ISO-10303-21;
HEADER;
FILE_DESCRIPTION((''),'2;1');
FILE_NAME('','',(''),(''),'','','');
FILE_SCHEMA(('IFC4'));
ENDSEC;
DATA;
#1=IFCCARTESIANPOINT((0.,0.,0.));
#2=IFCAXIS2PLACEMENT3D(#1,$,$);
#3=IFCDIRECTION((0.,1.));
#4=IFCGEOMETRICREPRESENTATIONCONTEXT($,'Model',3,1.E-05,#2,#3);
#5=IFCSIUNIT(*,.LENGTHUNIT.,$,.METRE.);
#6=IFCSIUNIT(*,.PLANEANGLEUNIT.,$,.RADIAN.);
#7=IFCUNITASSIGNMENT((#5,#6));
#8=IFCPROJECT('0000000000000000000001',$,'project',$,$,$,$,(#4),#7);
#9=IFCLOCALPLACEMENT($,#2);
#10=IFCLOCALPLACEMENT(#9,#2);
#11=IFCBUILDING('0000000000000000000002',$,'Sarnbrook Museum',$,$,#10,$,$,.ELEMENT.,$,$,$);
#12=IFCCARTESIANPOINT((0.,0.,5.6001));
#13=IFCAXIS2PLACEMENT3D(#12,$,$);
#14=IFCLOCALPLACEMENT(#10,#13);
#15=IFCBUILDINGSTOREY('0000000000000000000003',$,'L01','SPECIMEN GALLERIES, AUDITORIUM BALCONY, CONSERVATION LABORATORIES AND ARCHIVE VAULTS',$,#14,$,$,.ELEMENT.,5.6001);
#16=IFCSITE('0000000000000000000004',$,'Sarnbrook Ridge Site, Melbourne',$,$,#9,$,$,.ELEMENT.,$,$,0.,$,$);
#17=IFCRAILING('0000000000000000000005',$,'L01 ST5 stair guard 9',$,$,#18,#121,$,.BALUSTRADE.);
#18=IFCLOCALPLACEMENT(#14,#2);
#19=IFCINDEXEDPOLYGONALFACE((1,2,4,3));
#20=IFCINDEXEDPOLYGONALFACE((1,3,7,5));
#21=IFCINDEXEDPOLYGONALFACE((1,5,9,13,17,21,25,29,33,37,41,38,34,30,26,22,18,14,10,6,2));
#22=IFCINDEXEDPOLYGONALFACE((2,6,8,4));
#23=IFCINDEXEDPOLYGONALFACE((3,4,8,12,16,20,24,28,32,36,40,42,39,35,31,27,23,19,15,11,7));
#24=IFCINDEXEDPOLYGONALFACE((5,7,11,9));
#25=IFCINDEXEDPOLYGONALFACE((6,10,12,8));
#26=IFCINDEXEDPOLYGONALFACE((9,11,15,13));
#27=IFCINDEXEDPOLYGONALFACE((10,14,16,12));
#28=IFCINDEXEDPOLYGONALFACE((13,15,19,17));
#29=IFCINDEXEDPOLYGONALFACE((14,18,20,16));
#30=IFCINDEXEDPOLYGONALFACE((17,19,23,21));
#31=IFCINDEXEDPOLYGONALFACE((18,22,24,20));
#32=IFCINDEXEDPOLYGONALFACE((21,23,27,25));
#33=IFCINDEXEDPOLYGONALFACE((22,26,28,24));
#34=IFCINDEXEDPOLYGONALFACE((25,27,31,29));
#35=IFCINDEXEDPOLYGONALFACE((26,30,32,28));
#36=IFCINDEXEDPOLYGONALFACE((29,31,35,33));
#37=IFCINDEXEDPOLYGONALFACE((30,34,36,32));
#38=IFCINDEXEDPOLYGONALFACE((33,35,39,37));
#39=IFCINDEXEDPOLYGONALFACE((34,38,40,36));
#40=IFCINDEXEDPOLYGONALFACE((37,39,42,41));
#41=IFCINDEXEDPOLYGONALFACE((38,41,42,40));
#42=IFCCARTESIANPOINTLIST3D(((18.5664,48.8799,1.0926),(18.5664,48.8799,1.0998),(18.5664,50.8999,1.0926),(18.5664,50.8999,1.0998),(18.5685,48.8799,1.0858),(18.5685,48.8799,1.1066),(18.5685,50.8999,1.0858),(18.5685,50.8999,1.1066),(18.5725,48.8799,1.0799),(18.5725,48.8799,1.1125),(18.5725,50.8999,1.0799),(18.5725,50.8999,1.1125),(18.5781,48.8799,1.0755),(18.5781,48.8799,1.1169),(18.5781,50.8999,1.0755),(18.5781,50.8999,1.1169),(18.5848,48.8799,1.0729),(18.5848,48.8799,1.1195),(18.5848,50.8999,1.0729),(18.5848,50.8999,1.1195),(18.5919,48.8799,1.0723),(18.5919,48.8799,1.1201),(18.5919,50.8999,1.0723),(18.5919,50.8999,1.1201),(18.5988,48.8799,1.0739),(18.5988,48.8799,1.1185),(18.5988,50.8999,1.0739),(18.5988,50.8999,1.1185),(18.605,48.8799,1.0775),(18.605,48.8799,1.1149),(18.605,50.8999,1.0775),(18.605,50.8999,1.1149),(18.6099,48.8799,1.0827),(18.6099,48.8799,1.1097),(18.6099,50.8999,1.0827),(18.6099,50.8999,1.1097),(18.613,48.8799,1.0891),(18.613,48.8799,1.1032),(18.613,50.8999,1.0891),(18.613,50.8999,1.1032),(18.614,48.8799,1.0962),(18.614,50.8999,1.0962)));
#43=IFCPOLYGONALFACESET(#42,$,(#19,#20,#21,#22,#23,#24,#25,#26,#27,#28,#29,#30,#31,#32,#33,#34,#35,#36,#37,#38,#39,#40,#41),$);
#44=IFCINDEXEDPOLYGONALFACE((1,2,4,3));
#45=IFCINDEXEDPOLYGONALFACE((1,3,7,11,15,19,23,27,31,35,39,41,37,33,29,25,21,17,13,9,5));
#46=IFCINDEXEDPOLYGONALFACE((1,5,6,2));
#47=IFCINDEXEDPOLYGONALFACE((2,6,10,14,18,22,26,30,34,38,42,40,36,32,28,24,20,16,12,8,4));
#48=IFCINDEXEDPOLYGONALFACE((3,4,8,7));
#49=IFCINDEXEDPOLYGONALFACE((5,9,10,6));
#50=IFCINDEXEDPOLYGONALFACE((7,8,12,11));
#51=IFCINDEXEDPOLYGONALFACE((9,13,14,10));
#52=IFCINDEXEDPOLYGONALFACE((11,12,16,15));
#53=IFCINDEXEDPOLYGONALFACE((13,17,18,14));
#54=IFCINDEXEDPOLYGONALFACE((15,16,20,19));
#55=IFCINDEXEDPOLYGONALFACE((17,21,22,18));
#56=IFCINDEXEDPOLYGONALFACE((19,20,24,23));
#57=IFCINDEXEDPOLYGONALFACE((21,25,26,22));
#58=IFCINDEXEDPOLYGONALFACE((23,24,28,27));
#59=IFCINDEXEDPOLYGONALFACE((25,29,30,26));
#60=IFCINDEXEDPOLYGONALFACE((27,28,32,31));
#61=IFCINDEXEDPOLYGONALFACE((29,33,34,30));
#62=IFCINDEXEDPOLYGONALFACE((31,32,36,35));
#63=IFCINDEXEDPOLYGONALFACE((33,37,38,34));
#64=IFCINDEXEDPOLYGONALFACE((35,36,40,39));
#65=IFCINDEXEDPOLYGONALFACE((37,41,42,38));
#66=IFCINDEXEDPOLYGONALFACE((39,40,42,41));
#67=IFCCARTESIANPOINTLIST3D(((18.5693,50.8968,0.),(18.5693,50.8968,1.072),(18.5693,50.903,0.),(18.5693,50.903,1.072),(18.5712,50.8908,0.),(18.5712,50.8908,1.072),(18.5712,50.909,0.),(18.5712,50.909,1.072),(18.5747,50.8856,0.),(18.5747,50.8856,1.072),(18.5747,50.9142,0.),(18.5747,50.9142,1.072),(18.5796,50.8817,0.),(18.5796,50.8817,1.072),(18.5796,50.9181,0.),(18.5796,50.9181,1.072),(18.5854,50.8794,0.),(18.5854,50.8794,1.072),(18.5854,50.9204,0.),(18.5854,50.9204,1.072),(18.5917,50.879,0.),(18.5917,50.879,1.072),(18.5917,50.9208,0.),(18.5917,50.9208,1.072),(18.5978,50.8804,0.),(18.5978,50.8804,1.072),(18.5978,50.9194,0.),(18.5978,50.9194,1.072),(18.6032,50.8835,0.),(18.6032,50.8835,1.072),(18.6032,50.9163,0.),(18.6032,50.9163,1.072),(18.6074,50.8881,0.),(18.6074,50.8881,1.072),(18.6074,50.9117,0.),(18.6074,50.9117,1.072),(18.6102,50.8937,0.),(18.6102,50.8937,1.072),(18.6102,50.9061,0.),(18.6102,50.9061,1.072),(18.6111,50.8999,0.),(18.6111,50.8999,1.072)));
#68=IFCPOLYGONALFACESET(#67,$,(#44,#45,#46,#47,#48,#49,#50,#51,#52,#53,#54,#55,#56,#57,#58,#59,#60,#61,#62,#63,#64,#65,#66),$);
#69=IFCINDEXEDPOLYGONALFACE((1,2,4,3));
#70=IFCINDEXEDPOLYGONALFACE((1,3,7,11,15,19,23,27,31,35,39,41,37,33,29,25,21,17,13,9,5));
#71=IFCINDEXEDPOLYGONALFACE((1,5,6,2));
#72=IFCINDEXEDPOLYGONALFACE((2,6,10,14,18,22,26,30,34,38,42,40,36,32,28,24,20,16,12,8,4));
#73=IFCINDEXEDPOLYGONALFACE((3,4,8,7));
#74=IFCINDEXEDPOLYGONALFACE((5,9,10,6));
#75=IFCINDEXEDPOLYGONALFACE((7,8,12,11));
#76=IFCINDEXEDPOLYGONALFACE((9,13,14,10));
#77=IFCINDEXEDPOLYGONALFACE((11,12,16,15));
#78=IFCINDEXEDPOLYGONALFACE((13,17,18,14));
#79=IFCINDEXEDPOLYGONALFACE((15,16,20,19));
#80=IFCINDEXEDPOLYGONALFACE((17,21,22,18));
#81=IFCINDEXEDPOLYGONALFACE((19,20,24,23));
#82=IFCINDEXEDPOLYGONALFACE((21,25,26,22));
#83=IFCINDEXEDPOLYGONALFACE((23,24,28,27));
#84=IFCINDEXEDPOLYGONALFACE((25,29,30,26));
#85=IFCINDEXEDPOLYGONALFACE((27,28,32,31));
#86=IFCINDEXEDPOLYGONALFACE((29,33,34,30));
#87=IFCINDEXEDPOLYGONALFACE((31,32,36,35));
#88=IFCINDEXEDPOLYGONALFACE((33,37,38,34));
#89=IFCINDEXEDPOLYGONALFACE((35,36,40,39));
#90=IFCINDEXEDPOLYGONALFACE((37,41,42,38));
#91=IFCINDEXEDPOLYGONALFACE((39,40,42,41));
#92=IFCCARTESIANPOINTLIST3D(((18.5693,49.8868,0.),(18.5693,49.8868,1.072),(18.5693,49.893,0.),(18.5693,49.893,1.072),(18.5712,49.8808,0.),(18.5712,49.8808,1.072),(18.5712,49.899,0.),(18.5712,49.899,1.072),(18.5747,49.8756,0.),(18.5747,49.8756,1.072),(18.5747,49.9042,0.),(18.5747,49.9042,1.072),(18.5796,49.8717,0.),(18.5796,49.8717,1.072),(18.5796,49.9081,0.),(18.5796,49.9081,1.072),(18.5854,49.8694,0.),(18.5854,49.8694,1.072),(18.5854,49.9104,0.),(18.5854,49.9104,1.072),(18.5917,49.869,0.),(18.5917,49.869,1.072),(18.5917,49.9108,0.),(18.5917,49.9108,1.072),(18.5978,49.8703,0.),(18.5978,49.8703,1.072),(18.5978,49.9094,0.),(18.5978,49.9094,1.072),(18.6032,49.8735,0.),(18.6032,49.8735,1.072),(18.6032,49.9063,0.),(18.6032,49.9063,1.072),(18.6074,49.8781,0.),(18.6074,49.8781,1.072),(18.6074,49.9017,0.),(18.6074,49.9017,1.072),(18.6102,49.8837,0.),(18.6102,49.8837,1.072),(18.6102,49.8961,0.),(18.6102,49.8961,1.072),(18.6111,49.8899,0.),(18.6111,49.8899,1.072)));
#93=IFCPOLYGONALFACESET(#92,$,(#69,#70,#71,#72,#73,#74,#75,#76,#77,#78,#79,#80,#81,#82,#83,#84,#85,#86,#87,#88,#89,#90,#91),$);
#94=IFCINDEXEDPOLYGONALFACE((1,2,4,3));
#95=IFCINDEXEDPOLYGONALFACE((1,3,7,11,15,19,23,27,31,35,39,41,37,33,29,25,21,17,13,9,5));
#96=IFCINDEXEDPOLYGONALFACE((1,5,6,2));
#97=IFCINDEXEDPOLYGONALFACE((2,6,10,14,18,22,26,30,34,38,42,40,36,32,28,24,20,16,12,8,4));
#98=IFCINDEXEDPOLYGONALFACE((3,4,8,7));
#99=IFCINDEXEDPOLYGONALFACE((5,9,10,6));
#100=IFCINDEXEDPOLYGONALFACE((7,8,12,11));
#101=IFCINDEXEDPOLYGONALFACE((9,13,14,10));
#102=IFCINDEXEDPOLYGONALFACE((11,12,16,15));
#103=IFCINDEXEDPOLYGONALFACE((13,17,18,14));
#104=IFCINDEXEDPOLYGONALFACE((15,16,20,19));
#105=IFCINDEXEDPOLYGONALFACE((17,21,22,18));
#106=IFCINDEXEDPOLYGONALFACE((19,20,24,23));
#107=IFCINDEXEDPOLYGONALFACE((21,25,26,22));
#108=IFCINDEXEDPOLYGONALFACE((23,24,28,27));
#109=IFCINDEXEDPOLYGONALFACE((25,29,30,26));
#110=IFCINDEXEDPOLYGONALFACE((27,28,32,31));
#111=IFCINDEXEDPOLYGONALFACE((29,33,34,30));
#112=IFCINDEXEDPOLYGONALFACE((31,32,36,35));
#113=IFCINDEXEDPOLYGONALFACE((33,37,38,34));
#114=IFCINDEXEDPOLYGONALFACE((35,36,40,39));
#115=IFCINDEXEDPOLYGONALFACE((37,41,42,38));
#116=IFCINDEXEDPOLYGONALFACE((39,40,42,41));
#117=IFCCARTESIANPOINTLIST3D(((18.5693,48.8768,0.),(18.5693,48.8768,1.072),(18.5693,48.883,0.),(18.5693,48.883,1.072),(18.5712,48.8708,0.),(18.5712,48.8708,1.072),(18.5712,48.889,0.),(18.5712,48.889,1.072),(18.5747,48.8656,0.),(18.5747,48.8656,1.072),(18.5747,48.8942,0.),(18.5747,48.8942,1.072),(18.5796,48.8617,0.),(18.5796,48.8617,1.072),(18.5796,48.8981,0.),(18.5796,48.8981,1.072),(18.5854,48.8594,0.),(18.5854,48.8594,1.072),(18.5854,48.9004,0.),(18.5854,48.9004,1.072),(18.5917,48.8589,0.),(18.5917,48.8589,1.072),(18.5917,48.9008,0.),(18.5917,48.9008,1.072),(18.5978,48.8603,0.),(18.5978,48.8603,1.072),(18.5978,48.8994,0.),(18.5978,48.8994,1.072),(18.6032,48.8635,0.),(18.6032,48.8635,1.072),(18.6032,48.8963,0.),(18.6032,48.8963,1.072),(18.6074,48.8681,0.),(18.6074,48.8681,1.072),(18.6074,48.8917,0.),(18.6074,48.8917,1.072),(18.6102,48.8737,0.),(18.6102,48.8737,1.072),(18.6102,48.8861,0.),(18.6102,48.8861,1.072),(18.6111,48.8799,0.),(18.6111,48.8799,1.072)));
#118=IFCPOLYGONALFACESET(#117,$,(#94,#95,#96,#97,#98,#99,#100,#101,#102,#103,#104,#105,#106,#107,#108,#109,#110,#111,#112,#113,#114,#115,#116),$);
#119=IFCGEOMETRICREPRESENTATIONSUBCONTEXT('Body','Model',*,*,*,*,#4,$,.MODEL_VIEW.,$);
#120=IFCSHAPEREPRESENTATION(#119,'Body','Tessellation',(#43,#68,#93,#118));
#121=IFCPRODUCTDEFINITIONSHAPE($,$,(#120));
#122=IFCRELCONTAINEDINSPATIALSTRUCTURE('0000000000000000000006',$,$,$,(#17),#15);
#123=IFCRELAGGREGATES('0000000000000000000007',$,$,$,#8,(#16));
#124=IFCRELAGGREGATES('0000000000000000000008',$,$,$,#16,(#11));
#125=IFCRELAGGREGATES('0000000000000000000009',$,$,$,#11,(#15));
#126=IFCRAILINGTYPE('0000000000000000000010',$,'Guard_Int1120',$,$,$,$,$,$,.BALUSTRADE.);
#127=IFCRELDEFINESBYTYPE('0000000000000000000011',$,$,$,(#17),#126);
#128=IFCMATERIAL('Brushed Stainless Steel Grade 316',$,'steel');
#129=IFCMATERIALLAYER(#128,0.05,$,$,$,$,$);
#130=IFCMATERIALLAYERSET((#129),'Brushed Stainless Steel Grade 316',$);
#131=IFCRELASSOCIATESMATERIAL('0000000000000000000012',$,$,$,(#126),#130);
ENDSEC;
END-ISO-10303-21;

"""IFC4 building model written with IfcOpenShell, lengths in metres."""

from ifc_helpers import new_model, si_unit, direction, frame, origin, origin_2d, place, context, subcontext, project, spatial, circle, extrude, material, layer, layer_set, type_object, element, save


model = new_model("IFC4")

# Units and contexts
model_context = context("Model", 3, precision=1e-05, world=origin(), true_north=direction((0.0, 1.0)))
body_context = subcontext(model_context, "Body", "Model", "MODEL_VIEW")
ifc_project = project(units=[si_unit("LENGTHUNIT", "METRE"), si_unit("PLANEANGLEUNIT", "RADIAN")], contexts=[model_context])

# Site, building, storey
site_placement = place(None, origin())
site = spatial("IfcSite", under=ifc_project, at=site_placement, Name="Sarnbrook Ridge Site, Melbourne", CompositionType="ELEMENT", RefElevation=0.0)
building_placement = place(site_placement, origin())
building = spatial("IfcBuilding", under=site, at=building_placement, Name="Sarnbrook Museum", CompositionType="ELEMENT")
storey_placement = place(building_placement, frame((0.0, 0.0, 5.6001)))
storey = spatial("IfcBuildingStorey", under=building, at=storey_placement, Name="L01", Description="SPECIMEN GALLERIES, AUDITORIUM BALCONY, CONSERVATION LABORATORIES AND ARCHIVE VAULTS", CompositionType="ELEMENT", Elevation=5.6001)

# Railing
ifc_material_1 = material(Name="Brushed Stainless Steel Grade 316", Category="steel")
ifc_layer_1 = layer(ifc_material_1, 0.05)
ifc_layer_set_1 = layer_set([ifc_layer_1], Name="Brushed Stainless Steel Grade 316")
railing_type_1 = type_object("IfcRailingType", Name="Guard_Int1120", PredefinedType="BALUSTRADE", material=ifc_layer_set_1)
for number, where, name in (
    (1, (18.5901, 50.8999, 0.0), "L01 ST5 stair guard 9"),
):
    element("IfcRailing", number, at=place(storey_placement, frame(where)), inside=storey, type_object=railing_type_1, Name=name, PredefinedType="BALUSTRADE", context=body_context, shape_type="SweptSolid", body=[
        extrude(circle(Radius=0.0239, at=origin_2d()), frame((0.0, 0.0, 1.0962), z_axis=(0.0, -1.0, 0.0), x_axis=(1.0, 0.0, 0.0)), (0.0, 0.0, 1.0), 2.02),
        extrude(circle(Radius=0.021, at=origin_2d()), origin(), (0.0, 0.0, 1.0), 1.072),
        extrude(circle(Radius=0.021, at=origin_2d()), frame((0.0, -1.01, 0.0)), (0.0, 0.0, 1.0), 1.072),
        extrude(circle(Radius=0.021, at=origin_2d()), frame((0.0, -2.02, 0.0)), (0.0, 0.0, 1.0), 1.072),
    ])

save(model, "model.ifc")
